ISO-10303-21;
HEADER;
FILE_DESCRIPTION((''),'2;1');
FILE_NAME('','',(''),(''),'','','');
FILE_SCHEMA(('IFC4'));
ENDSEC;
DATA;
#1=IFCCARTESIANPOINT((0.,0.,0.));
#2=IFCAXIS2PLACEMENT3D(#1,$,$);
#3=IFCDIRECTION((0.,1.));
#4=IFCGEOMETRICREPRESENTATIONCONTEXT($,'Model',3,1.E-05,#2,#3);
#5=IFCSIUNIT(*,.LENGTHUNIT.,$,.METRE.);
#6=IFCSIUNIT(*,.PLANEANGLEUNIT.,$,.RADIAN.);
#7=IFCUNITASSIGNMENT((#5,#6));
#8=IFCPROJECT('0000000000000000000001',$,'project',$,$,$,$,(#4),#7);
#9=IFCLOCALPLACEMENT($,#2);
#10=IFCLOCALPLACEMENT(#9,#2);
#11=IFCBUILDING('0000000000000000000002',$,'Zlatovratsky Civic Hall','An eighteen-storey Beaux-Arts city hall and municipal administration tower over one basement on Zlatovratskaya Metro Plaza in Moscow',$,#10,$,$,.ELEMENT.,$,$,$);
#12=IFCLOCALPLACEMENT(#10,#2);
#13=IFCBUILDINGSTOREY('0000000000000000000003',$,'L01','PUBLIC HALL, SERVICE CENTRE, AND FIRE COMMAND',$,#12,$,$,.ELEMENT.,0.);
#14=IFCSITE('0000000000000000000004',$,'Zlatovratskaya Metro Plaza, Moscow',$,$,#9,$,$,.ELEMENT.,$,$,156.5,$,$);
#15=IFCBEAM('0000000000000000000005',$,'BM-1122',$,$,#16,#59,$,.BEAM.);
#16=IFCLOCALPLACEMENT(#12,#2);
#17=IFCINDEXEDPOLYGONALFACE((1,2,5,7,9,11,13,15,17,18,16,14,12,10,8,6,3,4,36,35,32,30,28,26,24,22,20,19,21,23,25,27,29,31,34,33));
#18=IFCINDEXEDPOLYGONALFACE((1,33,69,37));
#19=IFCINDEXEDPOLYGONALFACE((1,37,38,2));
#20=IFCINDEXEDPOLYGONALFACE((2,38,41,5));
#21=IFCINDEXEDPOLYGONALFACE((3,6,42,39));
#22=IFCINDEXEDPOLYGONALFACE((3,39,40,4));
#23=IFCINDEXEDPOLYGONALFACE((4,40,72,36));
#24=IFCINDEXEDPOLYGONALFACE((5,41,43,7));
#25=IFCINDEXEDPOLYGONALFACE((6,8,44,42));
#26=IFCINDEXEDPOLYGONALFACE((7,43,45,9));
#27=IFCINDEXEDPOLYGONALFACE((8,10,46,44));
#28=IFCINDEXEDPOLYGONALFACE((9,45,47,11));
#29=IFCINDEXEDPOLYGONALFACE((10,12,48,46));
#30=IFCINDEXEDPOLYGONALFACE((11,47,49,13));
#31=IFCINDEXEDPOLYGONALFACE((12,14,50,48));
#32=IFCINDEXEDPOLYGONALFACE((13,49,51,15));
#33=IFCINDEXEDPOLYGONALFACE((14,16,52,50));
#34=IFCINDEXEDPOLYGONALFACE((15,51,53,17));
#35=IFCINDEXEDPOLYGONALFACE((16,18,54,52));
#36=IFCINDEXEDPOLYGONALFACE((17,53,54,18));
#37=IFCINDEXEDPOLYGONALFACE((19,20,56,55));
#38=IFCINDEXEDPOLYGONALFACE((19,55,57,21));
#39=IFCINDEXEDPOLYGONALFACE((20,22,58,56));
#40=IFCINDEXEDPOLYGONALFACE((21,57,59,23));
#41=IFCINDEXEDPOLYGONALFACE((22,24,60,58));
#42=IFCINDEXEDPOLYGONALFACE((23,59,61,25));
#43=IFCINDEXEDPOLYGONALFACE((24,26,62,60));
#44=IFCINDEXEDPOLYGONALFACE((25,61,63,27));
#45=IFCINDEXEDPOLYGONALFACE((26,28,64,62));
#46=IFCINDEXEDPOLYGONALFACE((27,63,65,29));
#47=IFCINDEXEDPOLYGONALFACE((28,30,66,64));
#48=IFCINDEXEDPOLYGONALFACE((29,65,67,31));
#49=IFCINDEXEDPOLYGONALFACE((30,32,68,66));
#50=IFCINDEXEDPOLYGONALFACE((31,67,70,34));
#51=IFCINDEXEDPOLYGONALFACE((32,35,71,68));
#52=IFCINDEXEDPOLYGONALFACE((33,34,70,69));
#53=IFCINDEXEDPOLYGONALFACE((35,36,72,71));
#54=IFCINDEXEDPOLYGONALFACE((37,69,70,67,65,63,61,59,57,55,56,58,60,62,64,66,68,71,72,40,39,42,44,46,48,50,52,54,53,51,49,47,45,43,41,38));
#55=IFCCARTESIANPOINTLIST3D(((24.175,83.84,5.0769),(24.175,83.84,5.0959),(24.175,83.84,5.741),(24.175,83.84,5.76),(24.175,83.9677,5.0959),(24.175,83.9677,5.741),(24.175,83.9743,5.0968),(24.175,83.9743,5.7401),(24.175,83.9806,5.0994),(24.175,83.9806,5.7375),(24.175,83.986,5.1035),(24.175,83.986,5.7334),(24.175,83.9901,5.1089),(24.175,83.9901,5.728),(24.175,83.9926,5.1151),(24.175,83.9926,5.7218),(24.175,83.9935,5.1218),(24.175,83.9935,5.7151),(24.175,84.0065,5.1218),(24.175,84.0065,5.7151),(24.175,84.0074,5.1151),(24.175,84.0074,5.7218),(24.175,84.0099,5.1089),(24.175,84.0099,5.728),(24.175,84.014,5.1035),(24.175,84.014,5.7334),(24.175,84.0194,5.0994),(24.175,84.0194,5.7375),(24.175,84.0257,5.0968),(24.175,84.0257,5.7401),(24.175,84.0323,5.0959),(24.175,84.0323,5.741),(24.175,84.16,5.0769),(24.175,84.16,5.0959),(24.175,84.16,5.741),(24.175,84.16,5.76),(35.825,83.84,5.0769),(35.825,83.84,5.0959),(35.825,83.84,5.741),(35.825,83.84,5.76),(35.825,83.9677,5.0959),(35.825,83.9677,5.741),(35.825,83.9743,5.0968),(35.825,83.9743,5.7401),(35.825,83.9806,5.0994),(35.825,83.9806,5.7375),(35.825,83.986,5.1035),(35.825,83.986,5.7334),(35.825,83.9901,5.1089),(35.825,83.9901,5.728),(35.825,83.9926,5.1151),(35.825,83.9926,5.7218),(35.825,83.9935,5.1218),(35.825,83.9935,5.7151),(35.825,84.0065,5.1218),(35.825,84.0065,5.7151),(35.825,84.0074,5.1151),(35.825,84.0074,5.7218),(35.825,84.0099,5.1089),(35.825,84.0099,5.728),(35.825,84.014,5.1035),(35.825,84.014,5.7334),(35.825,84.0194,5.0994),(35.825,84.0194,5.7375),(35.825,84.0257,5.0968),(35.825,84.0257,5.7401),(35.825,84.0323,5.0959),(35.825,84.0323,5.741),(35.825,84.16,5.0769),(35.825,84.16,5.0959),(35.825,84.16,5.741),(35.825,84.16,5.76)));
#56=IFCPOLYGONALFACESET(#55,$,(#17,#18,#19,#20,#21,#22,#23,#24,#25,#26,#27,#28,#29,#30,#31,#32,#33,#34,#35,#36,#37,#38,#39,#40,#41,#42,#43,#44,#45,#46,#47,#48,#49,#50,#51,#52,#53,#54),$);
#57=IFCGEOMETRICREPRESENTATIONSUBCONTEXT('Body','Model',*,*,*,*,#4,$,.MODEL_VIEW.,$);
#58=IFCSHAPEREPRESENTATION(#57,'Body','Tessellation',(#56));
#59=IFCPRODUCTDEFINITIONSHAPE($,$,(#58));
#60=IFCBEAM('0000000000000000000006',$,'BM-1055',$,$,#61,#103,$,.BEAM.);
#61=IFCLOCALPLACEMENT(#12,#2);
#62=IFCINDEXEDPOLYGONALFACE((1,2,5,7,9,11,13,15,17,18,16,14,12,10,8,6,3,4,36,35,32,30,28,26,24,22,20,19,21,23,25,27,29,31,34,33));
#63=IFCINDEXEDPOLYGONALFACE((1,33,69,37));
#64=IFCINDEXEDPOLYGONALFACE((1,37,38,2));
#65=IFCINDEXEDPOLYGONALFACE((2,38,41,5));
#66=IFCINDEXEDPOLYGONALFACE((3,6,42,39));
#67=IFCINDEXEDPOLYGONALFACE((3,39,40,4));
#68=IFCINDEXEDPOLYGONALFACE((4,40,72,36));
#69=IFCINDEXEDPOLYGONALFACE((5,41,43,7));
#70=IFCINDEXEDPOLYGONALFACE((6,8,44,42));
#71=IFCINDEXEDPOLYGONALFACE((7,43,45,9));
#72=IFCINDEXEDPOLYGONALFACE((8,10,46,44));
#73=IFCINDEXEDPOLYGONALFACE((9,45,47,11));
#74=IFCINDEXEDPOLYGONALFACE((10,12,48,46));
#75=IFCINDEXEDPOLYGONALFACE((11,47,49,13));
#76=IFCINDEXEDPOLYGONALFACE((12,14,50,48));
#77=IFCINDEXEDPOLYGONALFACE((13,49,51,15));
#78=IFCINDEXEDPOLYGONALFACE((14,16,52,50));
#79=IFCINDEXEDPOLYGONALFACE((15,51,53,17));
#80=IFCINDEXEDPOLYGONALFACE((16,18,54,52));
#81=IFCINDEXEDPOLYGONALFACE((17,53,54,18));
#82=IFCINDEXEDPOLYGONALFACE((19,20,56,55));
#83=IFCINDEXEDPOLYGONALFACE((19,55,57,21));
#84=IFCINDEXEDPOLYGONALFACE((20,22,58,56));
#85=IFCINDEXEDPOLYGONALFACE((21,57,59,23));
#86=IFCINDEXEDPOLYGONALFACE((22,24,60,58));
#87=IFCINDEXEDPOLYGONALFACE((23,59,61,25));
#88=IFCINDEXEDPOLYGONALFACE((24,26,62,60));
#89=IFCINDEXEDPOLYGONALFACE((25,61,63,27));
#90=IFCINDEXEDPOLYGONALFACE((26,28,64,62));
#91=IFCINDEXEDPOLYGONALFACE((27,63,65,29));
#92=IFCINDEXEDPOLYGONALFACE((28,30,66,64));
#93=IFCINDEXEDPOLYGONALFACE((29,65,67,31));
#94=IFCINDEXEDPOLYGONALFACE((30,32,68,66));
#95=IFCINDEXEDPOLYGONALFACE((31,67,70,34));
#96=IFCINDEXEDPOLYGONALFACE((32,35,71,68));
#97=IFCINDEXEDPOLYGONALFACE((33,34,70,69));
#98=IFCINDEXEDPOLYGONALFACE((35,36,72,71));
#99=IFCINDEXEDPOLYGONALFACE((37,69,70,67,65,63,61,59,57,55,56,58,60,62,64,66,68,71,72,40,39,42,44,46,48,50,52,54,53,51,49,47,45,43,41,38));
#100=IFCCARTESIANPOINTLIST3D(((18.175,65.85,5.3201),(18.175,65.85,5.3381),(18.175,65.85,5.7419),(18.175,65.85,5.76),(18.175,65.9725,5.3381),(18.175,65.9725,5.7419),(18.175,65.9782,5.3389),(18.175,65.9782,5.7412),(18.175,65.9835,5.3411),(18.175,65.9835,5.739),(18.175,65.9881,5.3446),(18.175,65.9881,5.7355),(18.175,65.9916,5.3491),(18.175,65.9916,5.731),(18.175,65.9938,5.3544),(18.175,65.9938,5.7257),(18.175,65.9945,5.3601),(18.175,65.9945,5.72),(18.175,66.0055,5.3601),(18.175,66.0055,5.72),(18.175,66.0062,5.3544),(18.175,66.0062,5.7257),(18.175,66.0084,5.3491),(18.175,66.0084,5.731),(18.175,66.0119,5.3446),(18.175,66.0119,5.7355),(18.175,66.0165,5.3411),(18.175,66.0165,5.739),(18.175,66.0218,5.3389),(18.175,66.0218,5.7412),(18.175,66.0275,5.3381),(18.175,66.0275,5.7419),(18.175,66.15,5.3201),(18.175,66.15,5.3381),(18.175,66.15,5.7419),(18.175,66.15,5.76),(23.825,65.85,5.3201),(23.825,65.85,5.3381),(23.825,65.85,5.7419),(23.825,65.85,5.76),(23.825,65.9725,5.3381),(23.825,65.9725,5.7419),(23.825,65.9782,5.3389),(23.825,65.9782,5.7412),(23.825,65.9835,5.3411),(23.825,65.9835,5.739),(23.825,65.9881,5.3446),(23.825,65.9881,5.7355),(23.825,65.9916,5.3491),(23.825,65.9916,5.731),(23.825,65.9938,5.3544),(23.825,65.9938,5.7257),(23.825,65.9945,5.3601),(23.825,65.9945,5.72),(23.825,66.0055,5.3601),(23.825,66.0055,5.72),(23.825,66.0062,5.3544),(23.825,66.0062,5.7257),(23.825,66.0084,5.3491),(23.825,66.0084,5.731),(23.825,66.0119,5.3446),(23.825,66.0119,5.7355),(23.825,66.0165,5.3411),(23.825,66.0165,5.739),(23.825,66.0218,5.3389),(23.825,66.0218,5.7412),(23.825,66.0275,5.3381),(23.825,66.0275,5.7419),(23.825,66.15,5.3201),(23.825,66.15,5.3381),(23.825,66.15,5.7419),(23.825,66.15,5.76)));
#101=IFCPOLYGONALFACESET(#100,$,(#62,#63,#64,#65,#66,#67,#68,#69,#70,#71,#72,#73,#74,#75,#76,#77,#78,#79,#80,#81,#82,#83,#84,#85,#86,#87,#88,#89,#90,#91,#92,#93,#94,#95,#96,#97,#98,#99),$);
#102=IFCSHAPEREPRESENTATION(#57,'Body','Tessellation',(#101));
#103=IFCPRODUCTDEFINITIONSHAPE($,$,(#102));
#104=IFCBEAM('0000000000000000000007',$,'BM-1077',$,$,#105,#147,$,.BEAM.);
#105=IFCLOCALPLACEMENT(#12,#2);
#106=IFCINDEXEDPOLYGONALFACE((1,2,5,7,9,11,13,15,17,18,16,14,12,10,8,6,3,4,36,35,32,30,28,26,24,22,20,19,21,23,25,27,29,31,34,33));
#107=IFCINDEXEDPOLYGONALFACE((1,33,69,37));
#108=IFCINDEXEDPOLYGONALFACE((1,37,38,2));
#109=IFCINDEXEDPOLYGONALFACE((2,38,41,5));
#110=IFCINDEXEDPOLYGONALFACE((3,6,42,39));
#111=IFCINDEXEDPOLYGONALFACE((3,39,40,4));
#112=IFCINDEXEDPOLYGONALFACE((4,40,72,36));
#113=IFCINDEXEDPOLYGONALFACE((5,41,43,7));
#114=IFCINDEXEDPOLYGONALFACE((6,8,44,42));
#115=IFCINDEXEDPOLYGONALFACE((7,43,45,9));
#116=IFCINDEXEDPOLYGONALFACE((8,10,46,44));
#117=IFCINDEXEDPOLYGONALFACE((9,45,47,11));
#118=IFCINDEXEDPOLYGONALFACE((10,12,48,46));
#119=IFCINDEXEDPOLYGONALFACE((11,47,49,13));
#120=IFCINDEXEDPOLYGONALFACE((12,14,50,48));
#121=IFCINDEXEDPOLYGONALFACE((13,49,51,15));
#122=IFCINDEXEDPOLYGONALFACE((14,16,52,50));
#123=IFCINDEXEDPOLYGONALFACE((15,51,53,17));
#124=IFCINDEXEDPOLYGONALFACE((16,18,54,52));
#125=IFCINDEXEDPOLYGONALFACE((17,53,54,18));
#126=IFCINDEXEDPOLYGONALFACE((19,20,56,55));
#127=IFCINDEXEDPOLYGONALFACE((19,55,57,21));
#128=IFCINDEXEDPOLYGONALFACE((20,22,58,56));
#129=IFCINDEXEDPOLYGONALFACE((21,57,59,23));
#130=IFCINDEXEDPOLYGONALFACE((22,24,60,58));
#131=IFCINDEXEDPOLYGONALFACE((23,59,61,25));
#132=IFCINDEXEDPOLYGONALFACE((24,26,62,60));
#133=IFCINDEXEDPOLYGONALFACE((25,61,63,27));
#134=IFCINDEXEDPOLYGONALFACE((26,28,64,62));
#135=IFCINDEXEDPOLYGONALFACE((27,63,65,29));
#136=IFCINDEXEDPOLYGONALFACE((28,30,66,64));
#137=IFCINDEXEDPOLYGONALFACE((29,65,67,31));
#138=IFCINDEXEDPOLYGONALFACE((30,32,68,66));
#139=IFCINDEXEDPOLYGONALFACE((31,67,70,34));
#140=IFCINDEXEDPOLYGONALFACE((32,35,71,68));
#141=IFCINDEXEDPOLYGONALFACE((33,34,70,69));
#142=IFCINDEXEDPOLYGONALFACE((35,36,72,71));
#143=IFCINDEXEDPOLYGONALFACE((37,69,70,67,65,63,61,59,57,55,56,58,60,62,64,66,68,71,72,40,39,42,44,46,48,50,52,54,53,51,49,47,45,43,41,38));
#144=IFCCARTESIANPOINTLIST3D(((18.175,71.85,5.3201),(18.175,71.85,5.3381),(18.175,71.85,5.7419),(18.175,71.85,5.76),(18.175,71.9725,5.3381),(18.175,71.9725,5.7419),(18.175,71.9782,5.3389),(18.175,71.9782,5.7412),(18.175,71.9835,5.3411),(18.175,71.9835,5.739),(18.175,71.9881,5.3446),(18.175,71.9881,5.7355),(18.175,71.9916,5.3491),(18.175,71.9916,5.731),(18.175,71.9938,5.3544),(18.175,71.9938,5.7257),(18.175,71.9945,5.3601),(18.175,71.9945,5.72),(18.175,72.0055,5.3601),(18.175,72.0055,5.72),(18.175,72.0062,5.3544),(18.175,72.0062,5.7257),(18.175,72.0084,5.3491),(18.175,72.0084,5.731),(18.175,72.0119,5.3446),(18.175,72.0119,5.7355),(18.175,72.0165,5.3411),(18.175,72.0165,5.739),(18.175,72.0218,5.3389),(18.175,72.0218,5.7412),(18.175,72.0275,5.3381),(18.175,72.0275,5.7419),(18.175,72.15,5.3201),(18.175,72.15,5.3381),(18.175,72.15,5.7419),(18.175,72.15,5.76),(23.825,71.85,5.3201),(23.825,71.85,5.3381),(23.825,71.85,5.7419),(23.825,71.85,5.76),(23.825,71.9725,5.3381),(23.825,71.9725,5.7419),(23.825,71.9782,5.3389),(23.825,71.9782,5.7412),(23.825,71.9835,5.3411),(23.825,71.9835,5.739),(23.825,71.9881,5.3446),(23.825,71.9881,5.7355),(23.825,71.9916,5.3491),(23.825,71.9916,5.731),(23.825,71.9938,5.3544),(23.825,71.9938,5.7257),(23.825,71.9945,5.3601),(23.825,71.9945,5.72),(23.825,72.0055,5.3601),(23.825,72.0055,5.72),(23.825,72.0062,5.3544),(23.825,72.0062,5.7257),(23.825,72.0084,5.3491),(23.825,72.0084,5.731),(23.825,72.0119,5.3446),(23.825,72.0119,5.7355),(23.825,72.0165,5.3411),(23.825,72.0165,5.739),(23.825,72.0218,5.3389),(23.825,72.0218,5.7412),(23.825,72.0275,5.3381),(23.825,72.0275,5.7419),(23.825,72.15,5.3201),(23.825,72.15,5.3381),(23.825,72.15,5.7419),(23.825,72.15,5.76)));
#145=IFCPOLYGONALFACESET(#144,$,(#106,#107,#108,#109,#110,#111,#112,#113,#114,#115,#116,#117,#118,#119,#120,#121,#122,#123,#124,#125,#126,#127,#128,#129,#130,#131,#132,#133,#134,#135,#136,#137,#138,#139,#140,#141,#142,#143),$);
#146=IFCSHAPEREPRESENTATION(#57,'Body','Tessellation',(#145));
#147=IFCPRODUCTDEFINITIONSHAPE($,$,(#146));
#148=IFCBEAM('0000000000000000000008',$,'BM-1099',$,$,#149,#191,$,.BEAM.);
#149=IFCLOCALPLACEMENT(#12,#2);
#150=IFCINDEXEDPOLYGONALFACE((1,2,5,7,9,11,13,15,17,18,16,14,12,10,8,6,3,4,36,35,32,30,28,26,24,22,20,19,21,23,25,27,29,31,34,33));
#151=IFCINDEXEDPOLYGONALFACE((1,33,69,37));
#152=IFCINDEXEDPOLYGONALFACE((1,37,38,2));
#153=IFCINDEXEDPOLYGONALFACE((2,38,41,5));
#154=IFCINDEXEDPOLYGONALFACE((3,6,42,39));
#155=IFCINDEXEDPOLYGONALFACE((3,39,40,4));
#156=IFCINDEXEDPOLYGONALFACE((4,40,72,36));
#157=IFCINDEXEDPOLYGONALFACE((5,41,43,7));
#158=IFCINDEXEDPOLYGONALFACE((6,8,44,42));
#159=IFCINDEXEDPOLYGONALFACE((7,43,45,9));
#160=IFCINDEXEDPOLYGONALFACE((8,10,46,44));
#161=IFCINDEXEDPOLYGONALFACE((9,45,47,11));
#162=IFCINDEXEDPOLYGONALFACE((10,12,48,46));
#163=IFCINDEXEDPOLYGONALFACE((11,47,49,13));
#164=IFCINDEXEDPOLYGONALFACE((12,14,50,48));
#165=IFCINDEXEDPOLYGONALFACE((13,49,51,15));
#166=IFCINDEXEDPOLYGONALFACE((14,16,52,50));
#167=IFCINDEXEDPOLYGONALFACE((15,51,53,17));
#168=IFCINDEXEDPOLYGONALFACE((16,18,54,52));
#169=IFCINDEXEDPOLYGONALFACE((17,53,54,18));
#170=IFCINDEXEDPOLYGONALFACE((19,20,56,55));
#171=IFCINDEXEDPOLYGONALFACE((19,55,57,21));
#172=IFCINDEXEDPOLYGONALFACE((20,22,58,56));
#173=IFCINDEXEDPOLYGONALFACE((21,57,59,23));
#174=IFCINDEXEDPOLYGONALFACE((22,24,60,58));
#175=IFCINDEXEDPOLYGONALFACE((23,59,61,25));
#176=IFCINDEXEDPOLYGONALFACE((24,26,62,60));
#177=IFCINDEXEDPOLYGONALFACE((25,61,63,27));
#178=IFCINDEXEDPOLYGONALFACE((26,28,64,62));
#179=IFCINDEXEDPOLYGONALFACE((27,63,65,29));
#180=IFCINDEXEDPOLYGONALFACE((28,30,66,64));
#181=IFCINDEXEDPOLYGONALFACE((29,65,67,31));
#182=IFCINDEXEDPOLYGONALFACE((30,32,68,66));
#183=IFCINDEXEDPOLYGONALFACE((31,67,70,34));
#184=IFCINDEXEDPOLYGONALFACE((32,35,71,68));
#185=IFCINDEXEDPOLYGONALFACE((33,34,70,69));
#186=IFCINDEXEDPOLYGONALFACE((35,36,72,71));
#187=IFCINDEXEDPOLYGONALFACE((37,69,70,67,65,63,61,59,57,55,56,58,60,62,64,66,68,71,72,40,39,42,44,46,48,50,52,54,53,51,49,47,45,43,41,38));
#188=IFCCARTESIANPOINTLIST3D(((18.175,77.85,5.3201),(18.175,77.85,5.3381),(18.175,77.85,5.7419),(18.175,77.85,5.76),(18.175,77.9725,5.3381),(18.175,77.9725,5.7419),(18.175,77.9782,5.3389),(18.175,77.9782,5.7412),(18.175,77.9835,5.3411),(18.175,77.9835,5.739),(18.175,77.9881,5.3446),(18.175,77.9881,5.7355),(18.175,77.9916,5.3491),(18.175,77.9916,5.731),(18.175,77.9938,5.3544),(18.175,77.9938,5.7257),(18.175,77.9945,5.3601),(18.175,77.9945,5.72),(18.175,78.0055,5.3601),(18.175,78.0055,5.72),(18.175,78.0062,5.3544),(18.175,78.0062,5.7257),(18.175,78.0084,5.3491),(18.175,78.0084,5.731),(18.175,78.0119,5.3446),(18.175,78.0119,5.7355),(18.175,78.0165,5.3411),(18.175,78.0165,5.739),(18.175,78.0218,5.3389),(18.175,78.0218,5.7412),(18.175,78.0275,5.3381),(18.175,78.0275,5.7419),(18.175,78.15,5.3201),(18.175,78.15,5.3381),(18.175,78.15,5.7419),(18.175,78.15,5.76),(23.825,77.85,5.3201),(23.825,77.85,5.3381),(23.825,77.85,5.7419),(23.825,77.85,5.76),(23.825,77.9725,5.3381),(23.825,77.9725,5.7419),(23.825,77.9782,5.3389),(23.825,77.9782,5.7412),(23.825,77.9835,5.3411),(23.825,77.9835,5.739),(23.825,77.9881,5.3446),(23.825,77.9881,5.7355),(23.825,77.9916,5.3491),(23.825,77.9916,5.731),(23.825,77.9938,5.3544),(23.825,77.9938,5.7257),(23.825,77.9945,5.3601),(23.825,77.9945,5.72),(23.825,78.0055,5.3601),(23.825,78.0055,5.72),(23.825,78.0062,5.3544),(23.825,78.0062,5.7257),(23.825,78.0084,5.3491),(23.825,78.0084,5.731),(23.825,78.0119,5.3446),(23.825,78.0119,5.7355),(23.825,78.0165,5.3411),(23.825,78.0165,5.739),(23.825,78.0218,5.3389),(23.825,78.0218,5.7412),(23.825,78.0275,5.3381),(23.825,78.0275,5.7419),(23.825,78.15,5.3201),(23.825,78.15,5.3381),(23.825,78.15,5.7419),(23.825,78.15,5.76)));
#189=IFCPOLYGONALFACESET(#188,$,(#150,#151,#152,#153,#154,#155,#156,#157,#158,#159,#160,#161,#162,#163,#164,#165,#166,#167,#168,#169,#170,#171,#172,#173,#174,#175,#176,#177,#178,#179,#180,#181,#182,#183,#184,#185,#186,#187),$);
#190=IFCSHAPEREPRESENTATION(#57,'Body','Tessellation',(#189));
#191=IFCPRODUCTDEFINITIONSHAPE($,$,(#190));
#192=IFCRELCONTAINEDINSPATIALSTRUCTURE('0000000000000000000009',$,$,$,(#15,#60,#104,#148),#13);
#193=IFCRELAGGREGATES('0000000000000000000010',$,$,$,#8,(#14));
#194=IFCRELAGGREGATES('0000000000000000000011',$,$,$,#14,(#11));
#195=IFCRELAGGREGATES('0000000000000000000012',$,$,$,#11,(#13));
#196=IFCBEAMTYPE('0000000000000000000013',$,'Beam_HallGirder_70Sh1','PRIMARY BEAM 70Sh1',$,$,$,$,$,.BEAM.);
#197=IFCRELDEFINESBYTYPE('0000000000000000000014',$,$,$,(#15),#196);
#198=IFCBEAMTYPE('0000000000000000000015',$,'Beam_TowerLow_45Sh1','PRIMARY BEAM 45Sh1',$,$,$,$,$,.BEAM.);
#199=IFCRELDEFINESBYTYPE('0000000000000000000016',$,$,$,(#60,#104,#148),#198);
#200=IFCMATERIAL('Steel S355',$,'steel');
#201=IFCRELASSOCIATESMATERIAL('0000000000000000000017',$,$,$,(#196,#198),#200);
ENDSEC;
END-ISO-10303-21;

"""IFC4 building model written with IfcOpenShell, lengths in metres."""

from ifc_helpers import new_model, si_unit, direction, frame, origin, origin_2d, place, context, subcontext, project, spatial, i_section, extrude, material, material_profile, profile_set, type_object, element, save


model = new_model("IFC4")

# Units and contexts
model_context = context("Model", 3, precision=1e-05, world=origin(), true_north=direction((0.0, 1.0)))
body_context = subcontext(model_context, "Body", "Model", "MODEL_VIEW")
ifc_project = project(units=[si_unit("LENGTHUNIT", "METRE"), si_unit("PLANEANGLEUNIT", "RADIAN")], contexts=[model_context])

# Site, building, storey
site_placement = place(None, origin())
site = spatial("IfcSite", under=ifc_project, at=site_placement, Name="Zlatovratskaya Metro Plaza, Moscow", CompositionType="ELEMENT", RefElevation=156.5)
building_placement = place(site_placement, origin())
building = spatial("IfcBuilding", under=site, at=building_placement, Name="Zlatovratsky Civic Hall", Description="An eighteen-storey Beaux-Arts city hall and municipal administration tower over one basement on Zlatovratskaya Metro Plaza in Moscow", CompositionType="ELEMENT")
storey_placement = place(building_placement, origin())
storey = spatial("IfcBuildingStorey", under=building, at=storey_placement, Name="L01", Description="PUBLIC HALL, SERVICE CENTRE, AND FIRE COMMAND", CompositionType="ELEMENT", Elevation=0.0)

# Shared definitions
ifc_material_1 = material(Name="Steel S355", Category="steel")

# Beams
ifc_material_profile_1 = material_profile(ifc_material_1, i_section(OverallWidth=0.3201, OverallDepth=0.6831, WebThickness=0.0129, FlangeThickness=0.019, FilletRadius=0.0259, at=origin_2d()), Name="70Sh1")
ifc_profile_set_1 = profile_set([ifc_material_profile_1], Name="Steel S355")
beam_type_1 = type_object("IfcBeamType", Name="Beam_HallGirder_70Sh1", Description="PRIMARY BEAM 70Sh1", PredefinedType="BEAM", material=ifc_profile_set_1)
for number, where, z_axis, x_axis, name in (
    (1, (24.175, 84.0, 5.4185), (1.0, 0.0, 0.0), (0.0, 1.0, 0.0), "BM-1122"),
):
    element("IfcBeam", number, at=place(storey_placement, frame(where, z_axis=z_axis, x_axis=x_axis)), inside=storey, type_object=beam_type_1, Name=name, PredefinedType="BEAM", context=body_context, shape_type="SweptSolid", body=[
        extrude(i_section(OverallWidth=0.3201, OverallDepth=0.6831, WebThickness=0.0129, FlangeThickness=0.019, FilletRadius=0.0259, at=origin_2d()), origin(), (0.0, 0.0, 1.0), 11.6499),
    ])
ifc_material_profile_2 = material_profile(ifc_material_1, i_section(OverallWidth=0.3, OverallDepth=0.4399, WebThickness=0.011, FlangeThickness=0.0181, FilletRadius=0.022, at=origin_2d()), Name="45Sh1")
ifc_profile_set_2 = profile_set([ifc_material_profile_2], Name="Steel S355")
beam_type_2 = type_object("IfcBeamType", Name="Beam_TowerLow_45Sh1", Description="PRIMARY BEAM 45Sh1", PredefinedType="BEAM", material=ifc_profile_set_2)
for number, where, z_axis, x_axis, name in (
    (2, (18.175, 66.0, 5.54), (1.0, 0.0, 0.0), (0.0, 1.0, 0.0), "BM-1055"),
    (3, (18.175, 72.0, 5.54), (1.0, 0.0, 0.0), (0.0, 1.0, 0.0), "BM-1077"),
    (4, (18.175, 78.0, 5.54), (1.0, 0.0, 0.0), (0.0, 1.0, 0.0), "BM-1099"),
):
    element("IfcBeam", number, at=place(storey_placement, frame(where, z_axis=z_axis, x_axis=x_axis)), inside=storey, type_object=beam_type_2, Name=name, PredefinedType="BEAM", context=body_context, shape_type="SweptSolid", body=[
        extrude(i_section(OverallWidth=0.3, OverallDepth=0.4399, WebThickness=0.011, FlangeThickness=0.0181, FilletRadius=0.022, at=origin_2d()), origin(), (0.0, 0.0, 1.0), 5.6499),
    ])

save(model, "model.ifc")
